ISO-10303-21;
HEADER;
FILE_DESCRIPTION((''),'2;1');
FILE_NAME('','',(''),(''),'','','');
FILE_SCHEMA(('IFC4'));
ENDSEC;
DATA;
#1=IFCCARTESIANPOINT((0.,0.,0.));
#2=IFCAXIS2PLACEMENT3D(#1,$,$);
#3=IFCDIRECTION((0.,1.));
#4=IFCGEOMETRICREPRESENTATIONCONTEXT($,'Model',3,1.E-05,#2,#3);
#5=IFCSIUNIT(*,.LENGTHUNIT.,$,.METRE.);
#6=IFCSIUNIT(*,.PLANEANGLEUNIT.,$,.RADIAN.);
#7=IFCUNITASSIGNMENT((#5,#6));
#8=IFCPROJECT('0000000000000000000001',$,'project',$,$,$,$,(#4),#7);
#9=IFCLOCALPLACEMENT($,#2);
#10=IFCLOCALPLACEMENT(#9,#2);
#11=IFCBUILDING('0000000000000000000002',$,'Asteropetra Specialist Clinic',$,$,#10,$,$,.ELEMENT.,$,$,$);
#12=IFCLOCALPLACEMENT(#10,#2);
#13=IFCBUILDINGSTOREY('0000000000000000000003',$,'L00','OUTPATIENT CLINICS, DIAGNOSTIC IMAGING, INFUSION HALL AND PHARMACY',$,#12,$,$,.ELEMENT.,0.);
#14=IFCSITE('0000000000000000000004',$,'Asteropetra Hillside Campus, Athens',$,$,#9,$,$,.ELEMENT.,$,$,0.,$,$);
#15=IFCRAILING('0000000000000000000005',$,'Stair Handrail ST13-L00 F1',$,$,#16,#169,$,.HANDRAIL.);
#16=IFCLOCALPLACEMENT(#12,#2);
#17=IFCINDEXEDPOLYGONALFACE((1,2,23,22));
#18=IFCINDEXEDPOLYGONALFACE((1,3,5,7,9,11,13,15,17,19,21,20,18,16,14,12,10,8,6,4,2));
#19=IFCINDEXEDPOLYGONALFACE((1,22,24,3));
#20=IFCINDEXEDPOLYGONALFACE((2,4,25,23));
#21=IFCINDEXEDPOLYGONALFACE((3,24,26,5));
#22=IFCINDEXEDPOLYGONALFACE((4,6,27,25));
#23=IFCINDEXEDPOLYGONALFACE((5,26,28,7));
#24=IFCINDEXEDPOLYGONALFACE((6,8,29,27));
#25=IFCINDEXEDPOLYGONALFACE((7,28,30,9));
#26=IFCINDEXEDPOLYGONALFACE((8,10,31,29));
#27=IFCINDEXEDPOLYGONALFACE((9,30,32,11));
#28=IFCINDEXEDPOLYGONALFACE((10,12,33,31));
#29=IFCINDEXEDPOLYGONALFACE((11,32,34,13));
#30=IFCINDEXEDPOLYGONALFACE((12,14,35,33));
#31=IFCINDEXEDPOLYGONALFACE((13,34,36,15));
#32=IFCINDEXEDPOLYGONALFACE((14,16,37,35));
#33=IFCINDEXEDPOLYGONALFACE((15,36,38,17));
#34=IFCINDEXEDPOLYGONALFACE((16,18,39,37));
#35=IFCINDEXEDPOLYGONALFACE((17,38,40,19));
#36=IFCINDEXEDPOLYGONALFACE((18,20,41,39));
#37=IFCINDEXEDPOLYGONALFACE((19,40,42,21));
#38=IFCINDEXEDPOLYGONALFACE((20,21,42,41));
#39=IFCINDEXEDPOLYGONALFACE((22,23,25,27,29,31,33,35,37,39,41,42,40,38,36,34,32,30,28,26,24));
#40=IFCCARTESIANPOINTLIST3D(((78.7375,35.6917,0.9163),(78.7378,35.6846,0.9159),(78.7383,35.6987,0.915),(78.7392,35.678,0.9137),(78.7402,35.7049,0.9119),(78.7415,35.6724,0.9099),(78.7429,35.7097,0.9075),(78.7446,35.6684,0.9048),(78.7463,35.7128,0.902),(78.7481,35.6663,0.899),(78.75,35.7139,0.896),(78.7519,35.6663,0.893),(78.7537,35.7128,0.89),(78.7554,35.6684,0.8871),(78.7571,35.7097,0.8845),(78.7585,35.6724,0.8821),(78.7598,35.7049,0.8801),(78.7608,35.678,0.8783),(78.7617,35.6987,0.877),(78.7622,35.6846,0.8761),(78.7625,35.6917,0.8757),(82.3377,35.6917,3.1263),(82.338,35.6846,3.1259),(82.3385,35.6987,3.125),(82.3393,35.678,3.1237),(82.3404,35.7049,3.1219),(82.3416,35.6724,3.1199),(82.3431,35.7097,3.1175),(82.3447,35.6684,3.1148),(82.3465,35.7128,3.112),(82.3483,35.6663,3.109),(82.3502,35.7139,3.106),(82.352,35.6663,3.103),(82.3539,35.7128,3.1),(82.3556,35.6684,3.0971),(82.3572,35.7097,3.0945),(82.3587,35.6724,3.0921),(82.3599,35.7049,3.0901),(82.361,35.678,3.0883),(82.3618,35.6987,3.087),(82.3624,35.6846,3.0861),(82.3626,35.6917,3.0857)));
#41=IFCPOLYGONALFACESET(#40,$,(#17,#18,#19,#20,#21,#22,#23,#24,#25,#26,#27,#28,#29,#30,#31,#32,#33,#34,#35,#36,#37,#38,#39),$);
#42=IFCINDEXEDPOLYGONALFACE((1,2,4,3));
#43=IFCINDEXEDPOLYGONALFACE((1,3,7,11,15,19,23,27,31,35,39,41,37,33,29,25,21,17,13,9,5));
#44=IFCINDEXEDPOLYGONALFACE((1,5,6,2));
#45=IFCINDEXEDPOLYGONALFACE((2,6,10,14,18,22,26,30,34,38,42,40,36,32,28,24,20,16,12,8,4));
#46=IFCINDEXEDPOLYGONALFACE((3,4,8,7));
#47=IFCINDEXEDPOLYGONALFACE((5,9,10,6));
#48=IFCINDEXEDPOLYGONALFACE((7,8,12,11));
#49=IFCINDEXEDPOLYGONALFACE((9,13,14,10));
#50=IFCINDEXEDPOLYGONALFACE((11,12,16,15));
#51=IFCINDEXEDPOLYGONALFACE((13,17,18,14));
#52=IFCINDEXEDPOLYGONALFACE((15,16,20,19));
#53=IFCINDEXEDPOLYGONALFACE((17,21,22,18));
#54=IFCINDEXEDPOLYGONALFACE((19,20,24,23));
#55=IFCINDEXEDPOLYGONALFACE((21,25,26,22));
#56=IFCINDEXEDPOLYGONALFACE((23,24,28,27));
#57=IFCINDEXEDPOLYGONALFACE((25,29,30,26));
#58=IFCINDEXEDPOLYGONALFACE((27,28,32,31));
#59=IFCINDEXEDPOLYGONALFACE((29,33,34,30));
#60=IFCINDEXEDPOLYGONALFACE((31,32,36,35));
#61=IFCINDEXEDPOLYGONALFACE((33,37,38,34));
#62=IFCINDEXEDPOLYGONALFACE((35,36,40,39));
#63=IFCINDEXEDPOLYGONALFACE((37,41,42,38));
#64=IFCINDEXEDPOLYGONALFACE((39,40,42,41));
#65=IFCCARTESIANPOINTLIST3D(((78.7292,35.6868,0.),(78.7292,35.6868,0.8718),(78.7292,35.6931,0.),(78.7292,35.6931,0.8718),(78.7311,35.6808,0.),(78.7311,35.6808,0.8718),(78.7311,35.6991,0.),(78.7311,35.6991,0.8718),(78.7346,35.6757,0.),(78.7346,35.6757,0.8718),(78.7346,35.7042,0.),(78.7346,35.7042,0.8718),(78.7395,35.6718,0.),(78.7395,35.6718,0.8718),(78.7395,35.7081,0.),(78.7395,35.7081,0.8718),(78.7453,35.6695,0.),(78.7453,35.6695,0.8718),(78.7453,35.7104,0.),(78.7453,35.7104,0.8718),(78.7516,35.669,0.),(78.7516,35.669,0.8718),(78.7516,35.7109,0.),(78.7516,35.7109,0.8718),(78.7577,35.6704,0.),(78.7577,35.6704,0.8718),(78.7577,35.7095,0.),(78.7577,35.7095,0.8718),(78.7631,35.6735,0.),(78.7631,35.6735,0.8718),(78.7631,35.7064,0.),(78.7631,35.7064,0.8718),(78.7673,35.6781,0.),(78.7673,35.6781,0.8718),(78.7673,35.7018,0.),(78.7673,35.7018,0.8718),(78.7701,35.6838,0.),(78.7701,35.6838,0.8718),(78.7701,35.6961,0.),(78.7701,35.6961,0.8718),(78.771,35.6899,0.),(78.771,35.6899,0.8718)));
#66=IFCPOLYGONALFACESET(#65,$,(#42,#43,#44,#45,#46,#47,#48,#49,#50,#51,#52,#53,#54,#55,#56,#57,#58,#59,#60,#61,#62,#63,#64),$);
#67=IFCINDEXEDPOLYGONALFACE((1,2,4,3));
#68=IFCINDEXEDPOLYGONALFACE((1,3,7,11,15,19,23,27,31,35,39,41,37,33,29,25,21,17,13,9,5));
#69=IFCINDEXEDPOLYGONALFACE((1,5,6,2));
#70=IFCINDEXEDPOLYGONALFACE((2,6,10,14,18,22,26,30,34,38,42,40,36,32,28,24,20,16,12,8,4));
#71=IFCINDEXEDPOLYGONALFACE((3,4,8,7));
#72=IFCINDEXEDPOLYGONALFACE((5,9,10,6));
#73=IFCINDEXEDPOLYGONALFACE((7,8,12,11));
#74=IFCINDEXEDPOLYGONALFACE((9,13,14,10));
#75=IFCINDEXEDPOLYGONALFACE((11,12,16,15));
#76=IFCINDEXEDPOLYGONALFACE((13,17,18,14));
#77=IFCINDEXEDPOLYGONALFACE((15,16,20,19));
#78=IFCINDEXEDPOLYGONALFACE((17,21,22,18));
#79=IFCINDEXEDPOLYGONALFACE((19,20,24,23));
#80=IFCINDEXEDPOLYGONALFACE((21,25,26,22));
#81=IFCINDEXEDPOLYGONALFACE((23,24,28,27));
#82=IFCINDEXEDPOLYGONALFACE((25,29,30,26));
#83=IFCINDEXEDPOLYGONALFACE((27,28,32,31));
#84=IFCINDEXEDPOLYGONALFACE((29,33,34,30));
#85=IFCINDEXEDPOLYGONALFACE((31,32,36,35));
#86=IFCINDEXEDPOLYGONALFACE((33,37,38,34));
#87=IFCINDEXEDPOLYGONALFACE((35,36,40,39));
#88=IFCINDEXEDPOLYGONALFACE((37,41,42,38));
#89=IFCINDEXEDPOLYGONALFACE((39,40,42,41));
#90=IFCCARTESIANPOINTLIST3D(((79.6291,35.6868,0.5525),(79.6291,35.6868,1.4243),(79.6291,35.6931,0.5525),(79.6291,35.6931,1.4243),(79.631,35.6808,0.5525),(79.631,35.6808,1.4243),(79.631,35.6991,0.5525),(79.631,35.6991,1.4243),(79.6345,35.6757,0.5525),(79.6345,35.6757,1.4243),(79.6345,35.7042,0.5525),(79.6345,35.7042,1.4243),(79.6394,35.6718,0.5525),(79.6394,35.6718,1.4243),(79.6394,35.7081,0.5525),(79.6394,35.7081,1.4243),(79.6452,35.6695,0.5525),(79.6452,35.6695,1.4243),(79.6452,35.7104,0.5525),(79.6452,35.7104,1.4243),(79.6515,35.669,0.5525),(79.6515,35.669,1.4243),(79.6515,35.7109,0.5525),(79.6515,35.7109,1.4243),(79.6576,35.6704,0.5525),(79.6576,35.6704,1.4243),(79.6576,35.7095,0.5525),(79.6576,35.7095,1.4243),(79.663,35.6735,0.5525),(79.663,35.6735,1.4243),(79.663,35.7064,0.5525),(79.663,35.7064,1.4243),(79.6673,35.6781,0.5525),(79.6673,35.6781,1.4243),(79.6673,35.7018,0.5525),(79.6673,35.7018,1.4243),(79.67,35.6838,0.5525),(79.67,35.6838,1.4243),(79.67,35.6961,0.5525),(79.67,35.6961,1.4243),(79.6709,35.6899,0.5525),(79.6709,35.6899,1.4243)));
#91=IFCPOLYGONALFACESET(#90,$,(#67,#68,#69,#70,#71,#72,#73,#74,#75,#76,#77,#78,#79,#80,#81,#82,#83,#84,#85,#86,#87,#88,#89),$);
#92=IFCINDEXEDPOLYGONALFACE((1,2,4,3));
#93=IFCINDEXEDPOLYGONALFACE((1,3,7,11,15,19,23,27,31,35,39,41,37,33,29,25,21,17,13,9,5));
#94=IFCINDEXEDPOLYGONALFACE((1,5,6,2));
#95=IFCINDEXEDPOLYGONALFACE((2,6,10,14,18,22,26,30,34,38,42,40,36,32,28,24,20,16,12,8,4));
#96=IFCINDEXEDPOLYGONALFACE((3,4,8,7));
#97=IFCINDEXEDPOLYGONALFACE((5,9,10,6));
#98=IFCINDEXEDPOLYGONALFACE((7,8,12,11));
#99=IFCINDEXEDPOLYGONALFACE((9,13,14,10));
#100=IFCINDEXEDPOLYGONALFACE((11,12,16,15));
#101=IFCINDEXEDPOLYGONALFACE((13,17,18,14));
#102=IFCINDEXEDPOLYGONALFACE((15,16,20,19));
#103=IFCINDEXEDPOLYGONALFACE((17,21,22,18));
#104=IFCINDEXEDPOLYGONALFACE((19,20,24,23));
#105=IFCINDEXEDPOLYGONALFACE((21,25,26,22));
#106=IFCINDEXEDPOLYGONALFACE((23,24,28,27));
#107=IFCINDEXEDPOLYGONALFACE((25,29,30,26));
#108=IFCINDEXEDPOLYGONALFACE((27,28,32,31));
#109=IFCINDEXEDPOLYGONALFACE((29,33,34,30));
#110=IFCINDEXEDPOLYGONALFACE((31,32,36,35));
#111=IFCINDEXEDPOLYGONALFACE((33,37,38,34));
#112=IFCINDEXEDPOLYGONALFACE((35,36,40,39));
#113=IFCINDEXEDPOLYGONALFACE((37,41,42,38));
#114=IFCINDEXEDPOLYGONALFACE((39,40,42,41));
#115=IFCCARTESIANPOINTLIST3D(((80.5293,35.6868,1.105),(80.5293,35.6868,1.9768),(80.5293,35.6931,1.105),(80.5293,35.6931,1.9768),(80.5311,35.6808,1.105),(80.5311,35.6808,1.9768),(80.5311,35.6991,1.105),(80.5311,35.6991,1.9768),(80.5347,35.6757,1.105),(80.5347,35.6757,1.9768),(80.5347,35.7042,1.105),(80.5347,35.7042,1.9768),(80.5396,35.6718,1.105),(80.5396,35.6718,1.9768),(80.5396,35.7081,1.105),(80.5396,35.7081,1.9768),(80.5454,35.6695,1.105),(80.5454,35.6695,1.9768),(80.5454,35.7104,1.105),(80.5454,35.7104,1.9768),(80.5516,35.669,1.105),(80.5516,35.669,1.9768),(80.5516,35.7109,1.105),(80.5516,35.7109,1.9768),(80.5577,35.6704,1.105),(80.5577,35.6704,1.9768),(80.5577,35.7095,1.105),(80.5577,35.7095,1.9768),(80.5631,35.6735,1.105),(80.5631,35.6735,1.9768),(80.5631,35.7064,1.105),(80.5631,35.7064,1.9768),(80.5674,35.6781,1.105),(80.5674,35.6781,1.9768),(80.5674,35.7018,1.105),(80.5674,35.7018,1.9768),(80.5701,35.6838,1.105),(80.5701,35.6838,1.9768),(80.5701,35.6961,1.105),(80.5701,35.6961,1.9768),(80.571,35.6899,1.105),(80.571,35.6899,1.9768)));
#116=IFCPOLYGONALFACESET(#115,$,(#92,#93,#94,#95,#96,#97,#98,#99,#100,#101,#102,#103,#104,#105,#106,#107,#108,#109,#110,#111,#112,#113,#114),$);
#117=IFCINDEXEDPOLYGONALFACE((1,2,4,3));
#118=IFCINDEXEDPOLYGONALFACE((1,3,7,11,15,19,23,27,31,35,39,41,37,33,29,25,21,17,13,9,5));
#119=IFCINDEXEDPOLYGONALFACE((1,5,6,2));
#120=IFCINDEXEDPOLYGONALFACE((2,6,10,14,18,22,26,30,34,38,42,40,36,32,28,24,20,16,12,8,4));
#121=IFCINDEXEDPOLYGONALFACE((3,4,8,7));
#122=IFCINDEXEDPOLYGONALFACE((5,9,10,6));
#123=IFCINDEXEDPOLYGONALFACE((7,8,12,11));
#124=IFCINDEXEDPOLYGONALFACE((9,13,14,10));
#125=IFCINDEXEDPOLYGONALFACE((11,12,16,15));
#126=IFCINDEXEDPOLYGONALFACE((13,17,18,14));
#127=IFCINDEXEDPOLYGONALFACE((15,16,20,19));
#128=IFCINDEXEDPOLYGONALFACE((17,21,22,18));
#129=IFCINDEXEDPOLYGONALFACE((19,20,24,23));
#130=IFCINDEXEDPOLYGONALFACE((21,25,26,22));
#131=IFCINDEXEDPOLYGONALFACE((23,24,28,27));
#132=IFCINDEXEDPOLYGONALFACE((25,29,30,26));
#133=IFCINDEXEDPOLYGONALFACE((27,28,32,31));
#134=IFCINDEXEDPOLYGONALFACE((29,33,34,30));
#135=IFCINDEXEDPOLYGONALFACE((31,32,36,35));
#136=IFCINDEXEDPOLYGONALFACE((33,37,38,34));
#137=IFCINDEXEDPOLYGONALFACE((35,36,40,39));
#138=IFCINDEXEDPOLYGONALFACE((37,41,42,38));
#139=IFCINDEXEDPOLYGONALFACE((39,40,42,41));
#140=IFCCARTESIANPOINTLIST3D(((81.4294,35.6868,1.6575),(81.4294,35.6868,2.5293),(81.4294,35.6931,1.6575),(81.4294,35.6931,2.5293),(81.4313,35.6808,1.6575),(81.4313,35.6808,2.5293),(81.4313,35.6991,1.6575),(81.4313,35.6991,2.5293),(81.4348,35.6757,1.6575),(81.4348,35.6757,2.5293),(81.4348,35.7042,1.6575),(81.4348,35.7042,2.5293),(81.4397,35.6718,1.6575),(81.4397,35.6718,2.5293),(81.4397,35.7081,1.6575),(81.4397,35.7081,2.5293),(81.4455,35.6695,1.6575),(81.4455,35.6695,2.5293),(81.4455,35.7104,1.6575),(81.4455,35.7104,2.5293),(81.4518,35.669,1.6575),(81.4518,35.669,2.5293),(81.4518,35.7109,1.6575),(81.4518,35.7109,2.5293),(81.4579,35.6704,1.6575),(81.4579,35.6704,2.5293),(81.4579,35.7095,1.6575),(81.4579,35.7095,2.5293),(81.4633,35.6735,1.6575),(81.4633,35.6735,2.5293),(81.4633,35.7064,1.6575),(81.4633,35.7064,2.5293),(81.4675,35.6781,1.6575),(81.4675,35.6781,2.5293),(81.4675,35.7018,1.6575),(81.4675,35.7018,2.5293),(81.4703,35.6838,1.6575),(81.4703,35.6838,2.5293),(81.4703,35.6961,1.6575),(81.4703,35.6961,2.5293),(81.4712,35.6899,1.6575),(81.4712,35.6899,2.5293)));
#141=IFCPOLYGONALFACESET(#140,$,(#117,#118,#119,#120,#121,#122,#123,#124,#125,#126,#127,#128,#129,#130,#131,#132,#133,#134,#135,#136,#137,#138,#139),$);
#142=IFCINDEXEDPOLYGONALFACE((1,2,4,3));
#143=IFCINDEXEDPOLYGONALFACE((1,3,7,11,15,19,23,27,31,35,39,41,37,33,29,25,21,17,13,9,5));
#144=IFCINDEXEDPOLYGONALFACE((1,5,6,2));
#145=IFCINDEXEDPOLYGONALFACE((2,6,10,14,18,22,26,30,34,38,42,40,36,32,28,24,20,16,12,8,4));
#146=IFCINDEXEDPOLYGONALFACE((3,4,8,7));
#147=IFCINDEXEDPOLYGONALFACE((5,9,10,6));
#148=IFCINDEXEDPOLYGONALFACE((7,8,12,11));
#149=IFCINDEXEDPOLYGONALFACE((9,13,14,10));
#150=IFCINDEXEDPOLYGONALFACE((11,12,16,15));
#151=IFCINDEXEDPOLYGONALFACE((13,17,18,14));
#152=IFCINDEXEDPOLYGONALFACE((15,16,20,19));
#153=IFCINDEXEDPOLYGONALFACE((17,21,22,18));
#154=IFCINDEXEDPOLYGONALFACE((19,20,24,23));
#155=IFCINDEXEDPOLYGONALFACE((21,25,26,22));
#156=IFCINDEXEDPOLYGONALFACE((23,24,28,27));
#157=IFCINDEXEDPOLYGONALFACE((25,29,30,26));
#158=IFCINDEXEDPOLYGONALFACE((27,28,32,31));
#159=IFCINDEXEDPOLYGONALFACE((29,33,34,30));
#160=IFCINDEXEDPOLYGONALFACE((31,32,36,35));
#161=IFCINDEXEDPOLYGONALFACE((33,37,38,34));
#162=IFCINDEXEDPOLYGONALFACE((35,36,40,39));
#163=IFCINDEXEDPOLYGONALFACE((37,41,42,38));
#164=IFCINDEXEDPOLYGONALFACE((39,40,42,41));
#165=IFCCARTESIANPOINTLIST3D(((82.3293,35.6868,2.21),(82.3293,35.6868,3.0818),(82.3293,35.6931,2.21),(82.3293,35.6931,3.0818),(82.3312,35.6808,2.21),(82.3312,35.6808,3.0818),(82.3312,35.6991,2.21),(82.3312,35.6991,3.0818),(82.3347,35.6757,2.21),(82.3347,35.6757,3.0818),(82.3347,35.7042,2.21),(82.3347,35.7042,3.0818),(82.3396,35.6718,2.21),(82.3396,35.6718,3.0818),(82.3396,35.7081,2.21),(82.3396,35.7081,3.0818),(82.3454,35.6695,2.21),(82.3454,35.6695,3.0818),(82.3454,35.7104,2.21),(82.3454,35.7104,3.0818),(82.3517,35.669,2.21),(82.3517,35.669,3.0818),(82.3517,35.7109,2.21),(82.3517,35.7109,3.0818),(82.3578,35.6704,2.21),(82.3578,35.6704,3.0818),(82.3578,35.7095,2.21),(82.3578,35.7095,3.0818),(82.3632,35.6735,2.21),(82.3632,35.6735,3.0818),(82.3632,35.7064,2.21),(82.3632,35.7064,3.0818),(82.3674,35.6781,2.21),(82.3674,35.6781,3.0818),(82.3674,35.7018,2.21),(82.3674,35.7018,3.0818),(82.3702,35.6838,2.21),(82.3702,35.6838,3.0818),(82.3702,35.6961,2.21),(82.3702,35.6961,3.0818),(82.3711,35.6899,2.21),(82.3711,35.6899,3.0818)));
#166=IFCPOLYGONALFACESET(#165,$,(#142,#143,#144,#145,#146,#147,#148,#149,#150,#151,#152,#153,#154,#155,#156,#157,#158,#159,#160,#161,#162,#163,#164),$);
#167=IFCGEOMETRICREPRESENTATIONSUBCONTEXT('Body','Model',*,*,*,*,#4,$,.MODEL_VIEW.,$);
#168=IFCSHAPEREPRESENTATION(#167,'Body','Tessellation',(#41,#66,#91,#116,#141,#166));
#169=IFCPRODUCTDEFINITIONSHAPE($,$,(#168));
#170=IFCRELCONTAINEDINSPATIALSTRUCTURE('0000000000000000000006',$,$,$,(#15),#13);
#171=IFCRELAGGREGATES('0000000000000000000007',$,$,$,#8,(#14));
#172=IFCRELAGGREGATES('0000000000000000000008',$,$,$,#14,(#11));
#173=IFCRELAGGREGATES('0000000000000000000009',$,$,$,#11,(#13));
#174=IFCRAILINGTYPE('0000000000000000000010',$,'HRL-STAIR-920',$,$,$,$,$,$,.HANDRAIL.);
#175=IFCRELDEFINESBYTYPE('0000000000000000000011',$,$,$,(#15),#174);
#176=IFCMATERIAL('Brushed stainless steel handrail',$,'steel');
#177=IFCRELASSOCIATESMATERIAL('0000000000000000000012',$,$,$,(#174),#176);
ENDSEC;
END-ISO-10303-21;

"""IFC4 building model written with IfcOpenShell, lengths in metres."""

from ifc_helpers import new_model, si_unit, direction, frame, origin, origin_2d, place, context, subcontext, project, spatial, circle, extrude, material, type_object, element, save


model = new_model("IFC4")

# Units and contexts
model_context = context("Model", 3, precision=1e-05, world=origin(), true_north=direction((0.0, 1.0)))
body_context = subcontext(model_context, "Body", "Model", "MODEL_VIEW")
ifc_project = project(units=[si_unit("LENGTHUNIT", "METRE"), si_unit("PLANEANGLEUNIT", "RADIAN")], contexts=[model_context])

# Site, building, storey
site_placement = place(None, origin())
site = spatial("IfcSite", under=ifc_project, at=site_placement, Name="Asteropetra Hillside Campus, Athens", CompositionType="ELEMENT", RefElevation=0.0)
building_placement = place(site_placement, origin())
building = spatial("IfcBuilding", under=site, at=building_placement, Name="Asteropetra Specialist Clinic", CompositionType="ELEMENT")
storey_placement = place(building_placement, origin())
storey = spatial("IfcBuildingStorey", under=building, at=storey_placement, Name="L00", Description="OUTPATIENT CLINICS, DIAGNOSTIC IMAGING, INFUSION HALL AND PHARMACY", CompositionType="ELEMENT", Elevation=0.0)

# Railing
ifc_material_1 = material(Name="Brushed stainless steel handrail", Category="steel")
railing_type_1 = type_object("IfcRailingType", Name="HRL-STAIR-920", PredefinedType="HANDRAIL", material=ifc_material_1)
railing_1_placement = place(storey_placement, frame((78.75, 35.6899, 0.0)))
element("IfcRailing", 1, at=railing_1_placement, inside=storey, type_object=railing_type_1, Name="Stair Handrail ST13-L00 F1", PredefinedType="HANDRAIL", context=body_context, shape_type="SweptSolid", body=[
    extrude(circle(Radius=0.0239, at=origin_2d()), frame((0.0, 0.0, 0.896), z_axis=(0.852237, 0.0, 0.523156), x_axis=(0.0, 1.0, 0.0)), (0.0, 0.0, 1.0), 4.2244),
    extrude(circle(Radius=0.021, at=origin_2d()), origin(), (0.0, 0.0, 1.0), 0.8718),
    extrude(circle(Radius=0.021, at=origin_2d()), frame((0.8999, 0.0, 0.5525)), (0.0, 0.0, 1.0), 0.8718),
    extrude(circle(Radius=0.021, at=origin_2d()), frame((1.8, 0.0, 1.105)), (0.0, 0.0, 1.0), 0.8718),
    extrude(circle(Radius=0.021, at=origin_2d()), frame((2.7002, 0.0, 1.6575)), (0.0, 0.0, 1.0), 0.8718),
    extrude(circle(Radius=0.021, at=origin_2d()), frame((3.6001, 0.0, 2.21)), (0.0, 0.0, 1.0), 0.8718),
])

save(model, "model.ifc")
